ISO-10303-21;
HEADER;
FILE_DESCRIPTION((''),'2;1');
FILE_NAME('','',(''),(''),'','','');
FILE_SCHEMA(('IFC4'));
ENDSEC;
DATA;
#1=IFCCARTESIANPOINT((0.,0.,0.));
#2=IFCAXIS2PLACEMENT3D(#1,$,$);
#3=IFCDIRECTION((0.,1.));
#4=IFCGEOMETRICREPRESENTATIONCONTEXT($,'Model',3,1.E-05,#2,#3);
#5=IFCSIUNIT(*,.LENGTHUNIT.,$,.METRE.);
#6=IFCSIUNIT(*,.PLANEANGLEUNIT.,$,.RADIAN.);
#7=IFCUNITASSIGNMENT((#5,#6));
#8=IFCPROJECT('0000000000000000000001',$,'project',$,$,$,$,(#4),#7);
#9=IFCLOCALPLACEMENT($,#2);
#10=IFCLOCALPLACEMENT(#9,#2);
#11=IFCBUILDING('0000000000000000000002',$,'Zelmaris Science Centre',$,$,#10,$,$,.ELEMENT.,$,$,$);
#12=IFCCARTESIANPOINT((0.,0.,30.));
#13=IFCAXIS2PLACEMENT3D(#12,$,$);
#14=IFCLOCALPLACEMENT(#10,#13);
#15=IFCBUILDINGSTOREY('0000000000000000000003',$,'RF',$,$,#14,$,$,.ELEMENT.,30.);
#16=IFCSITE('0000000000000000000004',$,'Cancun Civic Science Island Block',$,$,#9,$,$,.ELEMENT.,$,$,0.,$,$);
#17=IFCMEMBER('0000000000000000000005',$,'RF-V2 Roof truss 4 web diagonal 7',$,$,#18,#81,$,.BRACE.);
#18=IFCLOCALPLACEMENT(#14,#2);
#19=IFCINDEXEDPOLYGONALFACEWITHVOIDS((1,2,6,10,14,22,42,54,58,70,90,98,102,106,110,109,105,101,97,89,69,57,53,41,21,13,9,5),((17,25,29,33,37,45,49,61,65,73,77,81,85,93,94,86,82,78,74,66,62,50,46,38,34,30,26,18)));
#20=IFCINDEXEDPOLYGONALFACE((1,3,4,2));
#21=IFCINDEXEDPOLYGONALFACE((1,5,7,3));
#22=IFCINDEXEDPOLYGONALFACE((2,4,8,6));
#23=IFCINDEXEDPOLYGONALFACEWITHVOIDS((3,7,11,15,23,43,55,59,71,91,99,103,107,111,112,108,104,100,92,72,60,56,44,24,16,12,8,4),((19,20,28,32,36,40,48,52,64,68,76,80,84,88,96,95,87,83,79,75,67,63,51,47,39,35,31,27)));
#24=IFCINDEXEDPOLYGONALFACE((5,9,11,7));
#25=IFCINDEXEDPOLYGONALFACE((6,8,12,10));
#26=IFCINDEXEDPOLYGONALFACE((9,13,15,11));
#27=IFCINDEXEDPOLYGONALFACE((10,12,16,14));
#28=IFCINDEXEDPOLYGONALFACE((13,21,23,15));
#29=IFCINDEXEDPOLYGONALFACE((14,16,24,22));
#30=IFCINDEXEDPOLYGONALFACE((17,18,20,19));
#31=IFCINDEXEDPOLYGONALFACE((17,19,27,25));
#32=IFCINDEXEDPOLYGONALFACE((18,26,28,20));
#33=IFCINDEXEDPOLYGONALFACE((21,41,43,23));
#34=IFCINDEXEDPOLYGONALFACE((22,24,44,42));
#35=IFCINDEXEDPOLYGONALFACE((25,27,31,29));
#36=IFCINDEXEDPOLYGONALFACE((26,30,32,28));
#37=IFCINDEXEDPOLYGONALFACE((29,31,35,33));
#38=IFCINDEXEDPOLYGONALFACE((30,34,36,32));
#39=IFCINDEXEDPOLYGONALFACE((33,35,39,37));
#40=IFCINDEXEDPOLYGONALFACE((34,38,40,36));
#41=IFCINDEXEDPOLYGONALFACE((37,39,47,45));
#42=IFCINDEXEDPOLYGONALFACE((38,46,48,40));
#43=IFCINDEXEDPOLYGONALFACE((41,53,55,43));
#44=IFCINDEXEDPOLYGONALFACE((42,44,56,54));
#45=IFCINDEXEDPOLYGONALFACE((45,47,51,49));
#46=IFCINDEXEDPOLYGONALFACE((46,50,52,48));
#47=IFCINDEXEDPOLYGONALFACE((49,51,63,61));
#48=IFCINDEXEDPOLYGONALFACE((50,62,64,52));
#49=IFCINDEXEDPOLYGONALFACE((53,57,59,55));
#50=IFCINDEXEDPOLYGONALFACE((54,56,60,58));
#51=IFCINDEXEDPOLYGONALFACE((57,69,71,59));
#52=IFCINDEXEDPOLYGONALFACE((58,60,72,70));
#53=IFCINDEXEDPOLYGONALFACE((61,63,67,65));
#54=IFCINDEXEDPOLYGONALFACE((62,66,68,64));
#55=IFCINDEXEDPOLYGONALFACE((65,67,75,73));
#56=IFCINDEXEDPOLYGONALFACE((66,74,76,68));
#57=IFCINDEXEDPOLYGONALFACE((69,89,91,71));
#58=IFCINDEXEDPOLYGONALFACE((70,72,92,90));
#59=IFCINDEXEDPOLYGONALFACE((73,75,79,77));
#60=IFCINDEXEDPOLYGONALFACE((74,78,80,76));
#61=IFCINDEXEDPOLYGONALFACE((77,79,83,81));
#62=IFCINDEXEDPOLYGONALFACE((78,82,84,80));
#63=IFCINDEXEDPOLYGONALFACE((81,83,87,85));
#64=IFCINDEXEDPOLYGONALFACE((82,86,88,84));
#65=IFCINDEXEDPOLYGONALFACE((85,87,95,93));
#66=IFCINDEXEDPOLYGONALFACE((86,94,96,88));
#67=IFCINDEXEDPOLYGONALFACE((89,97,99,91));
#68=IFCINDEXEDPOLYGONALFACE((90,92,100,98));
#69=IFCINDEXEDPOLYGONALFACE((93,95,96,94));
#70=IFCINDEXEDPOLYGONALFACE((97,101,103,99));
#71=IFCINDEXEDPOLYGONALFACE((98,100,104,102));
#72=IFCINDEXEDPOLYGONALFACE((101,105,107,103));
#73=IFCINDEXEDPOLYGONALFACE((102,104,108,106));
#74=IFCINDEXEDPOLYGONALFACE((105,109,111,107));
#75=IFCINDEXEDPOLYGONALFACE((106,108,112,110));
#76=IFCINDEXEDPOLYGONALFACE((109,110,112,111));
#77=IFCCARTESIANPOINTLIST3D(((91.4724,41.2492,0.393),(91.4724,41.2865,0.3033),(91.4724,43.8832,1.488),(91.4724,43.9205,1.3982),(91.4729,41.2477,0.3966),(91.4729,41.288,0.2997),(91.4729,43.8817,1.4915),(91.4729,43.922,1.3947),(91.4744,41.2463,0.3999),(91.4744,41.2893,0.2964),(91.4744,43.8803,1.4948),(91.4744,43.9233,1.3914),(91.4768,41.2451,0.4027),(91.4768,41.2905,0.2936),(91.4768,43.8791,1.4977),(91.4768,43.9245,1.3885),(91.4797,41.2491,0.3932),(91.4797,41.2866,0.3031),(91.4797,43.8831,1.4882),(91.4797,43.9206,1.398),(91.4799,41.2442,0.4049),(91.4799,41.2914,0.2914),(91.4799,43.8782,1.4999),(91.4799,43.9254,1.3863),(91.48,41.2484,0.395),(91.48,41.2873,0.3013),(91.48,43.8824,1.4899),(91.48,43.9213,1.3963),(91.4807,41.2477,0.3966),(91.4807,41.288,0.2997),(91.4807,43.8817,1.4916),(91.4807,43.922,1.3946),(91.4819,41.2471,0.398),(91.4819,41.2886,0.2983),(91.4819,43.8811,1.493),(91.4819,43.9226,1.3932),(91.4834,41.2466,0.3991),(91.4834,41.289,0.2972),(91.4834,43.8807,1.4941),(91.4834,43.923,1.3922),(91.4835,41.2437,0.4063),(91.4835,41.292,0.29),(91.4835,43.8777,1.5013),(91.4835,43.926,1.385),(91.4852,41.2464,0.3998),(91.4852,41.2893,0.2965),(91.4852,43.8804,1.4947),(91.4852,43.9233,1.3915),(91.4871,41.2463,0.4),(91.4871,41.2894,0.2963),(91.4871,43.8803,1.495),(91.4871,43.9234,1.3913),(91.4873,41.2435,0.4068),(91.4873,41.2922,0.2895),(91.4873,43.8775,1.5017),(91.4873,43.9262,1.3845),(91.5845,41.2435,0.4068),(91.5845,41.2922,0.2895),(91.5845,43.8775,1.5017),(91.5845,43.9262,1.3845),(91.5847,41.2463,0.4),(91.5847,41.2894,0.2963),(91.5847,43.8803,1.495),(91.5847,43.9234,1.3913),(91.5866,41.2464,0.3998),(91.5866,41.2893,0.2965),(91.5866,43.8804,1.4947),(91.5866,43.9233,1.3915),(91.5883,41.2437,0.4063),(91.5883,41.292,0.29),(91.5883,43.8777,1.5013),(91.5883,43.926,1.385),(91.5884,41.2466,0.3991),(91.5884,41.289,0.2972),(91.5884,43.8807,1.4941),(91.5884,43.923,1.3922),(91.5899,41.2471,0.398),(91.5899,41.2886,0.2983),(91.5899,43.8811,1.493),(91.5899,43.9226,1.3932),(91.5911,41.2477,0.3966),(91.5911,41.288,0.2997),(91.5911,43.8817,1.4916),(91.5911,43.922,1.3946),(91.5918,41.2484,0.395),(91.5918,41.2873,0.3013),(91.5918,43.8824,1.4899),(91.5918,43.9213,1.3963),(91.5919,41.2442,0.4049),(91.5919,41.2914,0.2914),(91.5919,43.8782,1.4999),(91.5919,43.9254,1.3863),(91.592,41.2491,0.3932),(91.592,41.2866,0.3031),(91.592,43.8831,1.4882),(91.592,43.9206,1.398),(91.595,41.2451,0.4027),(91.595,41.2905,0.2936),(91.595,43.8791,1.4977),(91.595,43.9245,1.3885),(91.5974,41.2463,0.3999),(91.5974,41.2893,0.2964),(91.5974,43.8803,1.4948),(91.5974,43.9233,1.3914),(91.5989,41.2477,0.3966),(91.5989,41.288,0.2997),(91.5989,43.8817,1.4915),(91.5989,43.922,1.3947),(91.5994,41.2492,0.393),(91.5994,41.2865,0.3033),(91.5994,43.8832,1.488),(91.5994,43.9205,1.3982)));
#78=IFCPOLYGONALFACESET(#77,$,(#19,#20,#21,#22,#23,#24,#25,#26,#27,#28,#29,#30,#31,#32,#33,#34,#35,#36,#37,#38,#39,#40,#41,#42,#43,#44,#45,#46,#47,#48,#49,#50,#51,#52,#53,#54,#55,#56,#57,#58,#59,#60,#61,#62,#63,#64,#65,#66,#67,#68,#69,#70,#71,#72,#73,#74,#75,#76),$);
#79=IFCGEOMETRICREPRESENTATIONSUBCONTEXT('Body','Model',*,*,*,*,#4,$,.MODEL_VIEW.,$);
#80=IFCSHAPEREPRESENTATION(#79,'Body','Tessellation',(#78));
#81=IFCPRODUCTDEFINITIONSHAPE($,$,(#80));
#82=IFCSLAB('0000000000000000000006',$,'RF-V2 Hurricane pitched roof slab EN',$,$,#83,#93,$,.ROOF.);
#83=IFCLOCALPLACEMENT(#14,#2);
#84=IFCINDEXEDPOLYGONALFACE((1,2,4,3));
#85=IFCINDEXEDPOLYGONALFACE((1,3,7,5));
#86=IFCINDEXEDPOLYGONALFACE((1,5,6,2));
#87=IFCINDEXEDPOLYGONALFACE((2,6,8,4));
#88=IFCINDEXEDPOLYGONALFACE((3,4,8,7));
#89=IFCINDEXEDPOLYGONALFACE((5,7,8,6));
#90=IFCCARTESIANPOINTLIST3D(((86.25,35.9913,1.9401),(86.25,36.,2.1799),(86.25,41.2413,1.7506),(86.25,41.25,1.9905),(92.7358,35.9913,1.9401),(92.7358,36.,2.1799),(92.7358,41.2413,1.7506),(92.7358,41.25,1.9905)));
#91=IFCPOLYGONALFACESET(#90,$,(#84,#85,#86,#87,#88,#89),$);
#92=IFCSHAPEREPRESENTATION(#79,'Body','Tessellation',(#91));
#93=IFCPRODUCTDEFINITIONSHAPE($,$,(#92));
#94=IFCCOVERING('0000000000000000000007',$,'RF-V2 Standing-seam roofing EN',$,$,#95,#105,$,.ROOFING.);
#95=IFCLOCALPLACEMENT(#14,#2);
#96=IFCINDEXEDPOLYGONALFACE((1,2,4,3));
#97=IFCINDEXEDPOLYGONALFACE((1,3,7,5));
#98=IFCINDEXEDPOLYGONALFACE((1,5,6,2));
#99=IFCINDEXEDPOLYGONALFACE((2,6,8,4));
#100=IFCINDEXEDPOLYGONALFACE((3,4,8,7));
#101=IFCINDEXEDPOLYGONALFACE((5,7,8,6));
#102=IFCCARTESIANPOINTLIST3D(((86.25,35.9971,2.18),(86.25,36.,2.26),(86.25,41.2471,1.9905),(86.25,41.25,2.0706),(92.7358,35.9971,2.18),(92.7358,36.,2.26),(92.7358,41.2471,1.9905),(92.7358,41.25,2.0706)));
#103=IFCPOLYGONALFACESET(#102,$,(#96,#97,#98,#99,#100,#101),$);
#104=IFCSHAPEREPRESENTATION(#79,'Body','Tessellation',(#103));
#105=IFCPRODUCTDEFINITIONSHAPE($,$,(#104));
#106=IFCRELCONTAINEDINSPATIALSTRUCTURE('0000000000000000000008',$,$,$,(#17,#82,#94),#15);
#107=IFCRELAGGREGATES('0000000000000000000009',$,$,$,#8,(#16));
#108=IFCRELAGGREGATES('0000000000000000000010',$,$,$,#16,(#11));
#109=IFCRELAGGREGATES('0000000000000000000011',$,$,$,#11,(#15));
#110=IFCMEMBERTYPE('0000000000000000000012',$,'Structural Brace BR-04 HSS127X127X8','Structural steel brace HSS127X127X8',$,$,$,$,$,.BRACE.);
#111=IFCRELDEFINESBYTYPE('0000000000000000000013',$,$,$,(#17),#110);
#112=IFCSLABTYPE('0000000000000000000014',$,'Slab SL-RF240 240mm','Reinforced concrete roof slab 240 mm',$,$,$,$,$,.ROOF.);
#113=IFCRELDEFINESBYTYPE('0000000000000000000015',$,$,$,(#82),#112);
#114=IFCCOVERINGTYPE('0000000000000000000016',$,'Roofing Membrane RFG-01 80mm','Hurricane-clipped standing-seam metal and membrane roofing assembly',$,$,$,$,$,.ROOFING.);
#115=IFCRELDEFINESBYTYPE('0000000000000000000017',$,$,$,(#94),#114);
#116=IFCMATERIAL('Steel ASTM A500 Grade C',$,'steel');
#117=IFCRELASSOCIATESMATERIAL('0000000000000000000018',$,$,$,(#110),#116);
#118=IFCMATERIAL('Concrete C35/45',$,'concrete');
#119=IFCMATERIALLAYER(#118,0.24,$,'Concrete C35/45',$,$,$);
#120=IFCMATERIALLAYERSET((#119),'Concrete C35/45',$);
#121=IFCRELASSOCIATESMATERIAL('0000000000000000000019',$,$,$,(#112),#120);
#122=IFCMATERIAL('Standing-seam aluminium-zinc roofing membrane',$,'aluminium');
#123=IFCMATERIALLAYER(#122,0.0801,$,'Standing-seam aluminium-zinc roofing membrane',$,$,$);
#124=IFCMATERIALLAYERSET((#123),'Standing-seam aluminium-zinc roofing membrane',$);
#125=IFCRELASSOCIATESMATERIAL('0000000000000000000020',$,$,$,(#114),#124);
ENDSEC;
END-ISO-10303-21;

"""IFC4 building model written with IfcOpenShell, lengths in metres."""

from ifc_helpers import new_model, si_unit, direction, frame, origin, origin_2d, place, context, subcontext, project, spatial, polyline, hollow_rectangle, outline, extrude, material, layer, layer_set, material_profile, profile_set, type_object, element, save


model = new_model("IFC4")

# Units and contexts
model_context = context("Model", 3, precision=1e-05, world=origin(), true_north=direction((0.0, 1.0)))
body_context = subcontext(model_context, "Body", "Model", "MODEL_VIEW")
ifc_project = project(units=[si_unit("LENGTHUNIT", "METRE"), si_unit("PLANEANGLEUNIT", "RADIAN")], contexts=[model_context])

# Site, building, storey
site_placement = place(None, origin())
site = spatial("IfcSite", under=ifc_project, at=site_placement, Name="Cancun Civic Science Island Block", CompositionType="ELEMENT", RefElevation=0.0)
building_placement = place(site_placement, origin())
building = spatial("IfcBuilding", under=site, at=building_placement, Name="Zelmaris Science Centre", CompositionType="ELEMENT")
storey_placement = place(building_placement, frame((0.0, 0.0, 30.0)))
storey = spatial("IfcBuildingStorey", under=building, at=storey_placement, Name="RF", CompositionType="ELEMENT", Elevation=30.0)

# Shared definitions
ifc_material_1 = material(Name="Steel ASTM A500 Grade C", Category="steel")

# Member
ifc_material_profile_1 = material_profile(ifc_material_1, hollow_rectangle(XDim=0.127, YDim=0.127, WallThickness=0.0073, InnerFilletRadius=0.0073, OuterFilletRadius=0.0149, at=origin_2d()), Name="HSS127X127X8")
ifc_profile_set_1 = profile_set([ifc_material_profile_1], Name="Steel ASTM A500 Grade C")
member_type_1 = type_object("IfcMemberType", Name="Structural Brace BR-04 HSS127X127X8", Description="Structural steel brace HSS127X127X8", PredefinedType="BRACE", material=ifc_profile_set_1)
member_1_placement = place(storey_placement, frame((91.5359, 41.2678, 0.3481), z_axis=(0.0, 0.923393, 0.383856), x_axis=(-1.0, 0.0, 0.0)))
element("IfcMember", 1, at=member_1_placement, inside=storey, type_object=member_type_1, Name="RF-V2 Roof truss 4 web diagonal 7", PredefinedType="BRACE", context=body_context, shape_type="SweptSolid", body=[
    extrude(hollow_rectangle(XDim=0.127, YDim=0.127, WallThickness=0.0073, InnerFilletRadius=0.0073, OuterFilletRadius=0.0149, at=origin_2d()), origin(), (0.0, 0.0, 1.0), 2.8525),
])

# Slab
ifc_material_2 = material(Name="Concrete C35/45", Category="concrete")
ifc_layer_1 = layer(ifc_material_2, 0.24, Name="Concrete C35/45")
ifc_layer_set_1 = layer_set([ifc_layer_1], Name="Concrete C35/45")
slab_type = type_object("IfcSlabType", Name="Slab SL-RF240 240mm", Description="Reinforced concrete roof slab 240 mm", PredefinedType="ROOF", material=ifc_layer_set_1)
slab_placement = place(storey_placement, frame((86.25, 36.0, 2.1799), z_axis=(0.0, 0.036063, 0.99935), x_axis=(1.0, 0.0, 0.0)))
element("IfcSlab", 2, at=slab_placement, inside=storey, type_object=slab_type, Name="RF-V2 Hurricane pitched roof slab EN", PredefinedType="ROOF", context=body_context, shape_type="SweptSolid", body=[
    extrude(outline(polyline([(0.0, 0.0), (6.4858, 0.0), (6.4858, 5.2534), (0.0, 5.2534), (0.0, 0.0)])), origin(), (0.0, 0.0, -1.0), 0.24),
])

# Covering
ifc_material_3 = material(Name="Standing-seam aluminium-zinc roofing membrane", Category="aluminium")
ifc_layer_2 = layer(ifc_material_3, 0.0801, Name="Standing-seam aluminium-zinc roofing membrane")
ifc_layer_set_2 = layer_set([ifc_layer_2], Name="Standing-seam aluminium-zinc roofing membrane")
covering_type = type_object("IfcCoveringType", Name="Roofing Membrane RFG-01 80mm", Description="Hurricane-clipped standing-seam metal and membrane roofing assembly", PredefinedType="ROOFING", material=ifc_layer_set_2)
covering_placement = place(storey_placement, frame((86.25, 36.0, 2.26), z_axis=(0.0, 0.036063, 0.99935), x_axis=(1.0, 0.0, 0.0)))
element("IfcCovering", 3, at=covering_placement, inside=storey, type_object=covering_type, Name="RF-V2 Standing-seam roofing EN", PredefinedType="ROOFING", context=body_context, shape_type="SweptSolid", body=[
    extrude(outline(polyline([(0.0, 0.0), (6.4858, 0.0), (6.4858, 5.2534), (0.0, 5.2534), (0.0, 0.0)])), origin(), (0.0, 0.0, -1.0), 0.0801),
])

save(model, "model.ifc")
